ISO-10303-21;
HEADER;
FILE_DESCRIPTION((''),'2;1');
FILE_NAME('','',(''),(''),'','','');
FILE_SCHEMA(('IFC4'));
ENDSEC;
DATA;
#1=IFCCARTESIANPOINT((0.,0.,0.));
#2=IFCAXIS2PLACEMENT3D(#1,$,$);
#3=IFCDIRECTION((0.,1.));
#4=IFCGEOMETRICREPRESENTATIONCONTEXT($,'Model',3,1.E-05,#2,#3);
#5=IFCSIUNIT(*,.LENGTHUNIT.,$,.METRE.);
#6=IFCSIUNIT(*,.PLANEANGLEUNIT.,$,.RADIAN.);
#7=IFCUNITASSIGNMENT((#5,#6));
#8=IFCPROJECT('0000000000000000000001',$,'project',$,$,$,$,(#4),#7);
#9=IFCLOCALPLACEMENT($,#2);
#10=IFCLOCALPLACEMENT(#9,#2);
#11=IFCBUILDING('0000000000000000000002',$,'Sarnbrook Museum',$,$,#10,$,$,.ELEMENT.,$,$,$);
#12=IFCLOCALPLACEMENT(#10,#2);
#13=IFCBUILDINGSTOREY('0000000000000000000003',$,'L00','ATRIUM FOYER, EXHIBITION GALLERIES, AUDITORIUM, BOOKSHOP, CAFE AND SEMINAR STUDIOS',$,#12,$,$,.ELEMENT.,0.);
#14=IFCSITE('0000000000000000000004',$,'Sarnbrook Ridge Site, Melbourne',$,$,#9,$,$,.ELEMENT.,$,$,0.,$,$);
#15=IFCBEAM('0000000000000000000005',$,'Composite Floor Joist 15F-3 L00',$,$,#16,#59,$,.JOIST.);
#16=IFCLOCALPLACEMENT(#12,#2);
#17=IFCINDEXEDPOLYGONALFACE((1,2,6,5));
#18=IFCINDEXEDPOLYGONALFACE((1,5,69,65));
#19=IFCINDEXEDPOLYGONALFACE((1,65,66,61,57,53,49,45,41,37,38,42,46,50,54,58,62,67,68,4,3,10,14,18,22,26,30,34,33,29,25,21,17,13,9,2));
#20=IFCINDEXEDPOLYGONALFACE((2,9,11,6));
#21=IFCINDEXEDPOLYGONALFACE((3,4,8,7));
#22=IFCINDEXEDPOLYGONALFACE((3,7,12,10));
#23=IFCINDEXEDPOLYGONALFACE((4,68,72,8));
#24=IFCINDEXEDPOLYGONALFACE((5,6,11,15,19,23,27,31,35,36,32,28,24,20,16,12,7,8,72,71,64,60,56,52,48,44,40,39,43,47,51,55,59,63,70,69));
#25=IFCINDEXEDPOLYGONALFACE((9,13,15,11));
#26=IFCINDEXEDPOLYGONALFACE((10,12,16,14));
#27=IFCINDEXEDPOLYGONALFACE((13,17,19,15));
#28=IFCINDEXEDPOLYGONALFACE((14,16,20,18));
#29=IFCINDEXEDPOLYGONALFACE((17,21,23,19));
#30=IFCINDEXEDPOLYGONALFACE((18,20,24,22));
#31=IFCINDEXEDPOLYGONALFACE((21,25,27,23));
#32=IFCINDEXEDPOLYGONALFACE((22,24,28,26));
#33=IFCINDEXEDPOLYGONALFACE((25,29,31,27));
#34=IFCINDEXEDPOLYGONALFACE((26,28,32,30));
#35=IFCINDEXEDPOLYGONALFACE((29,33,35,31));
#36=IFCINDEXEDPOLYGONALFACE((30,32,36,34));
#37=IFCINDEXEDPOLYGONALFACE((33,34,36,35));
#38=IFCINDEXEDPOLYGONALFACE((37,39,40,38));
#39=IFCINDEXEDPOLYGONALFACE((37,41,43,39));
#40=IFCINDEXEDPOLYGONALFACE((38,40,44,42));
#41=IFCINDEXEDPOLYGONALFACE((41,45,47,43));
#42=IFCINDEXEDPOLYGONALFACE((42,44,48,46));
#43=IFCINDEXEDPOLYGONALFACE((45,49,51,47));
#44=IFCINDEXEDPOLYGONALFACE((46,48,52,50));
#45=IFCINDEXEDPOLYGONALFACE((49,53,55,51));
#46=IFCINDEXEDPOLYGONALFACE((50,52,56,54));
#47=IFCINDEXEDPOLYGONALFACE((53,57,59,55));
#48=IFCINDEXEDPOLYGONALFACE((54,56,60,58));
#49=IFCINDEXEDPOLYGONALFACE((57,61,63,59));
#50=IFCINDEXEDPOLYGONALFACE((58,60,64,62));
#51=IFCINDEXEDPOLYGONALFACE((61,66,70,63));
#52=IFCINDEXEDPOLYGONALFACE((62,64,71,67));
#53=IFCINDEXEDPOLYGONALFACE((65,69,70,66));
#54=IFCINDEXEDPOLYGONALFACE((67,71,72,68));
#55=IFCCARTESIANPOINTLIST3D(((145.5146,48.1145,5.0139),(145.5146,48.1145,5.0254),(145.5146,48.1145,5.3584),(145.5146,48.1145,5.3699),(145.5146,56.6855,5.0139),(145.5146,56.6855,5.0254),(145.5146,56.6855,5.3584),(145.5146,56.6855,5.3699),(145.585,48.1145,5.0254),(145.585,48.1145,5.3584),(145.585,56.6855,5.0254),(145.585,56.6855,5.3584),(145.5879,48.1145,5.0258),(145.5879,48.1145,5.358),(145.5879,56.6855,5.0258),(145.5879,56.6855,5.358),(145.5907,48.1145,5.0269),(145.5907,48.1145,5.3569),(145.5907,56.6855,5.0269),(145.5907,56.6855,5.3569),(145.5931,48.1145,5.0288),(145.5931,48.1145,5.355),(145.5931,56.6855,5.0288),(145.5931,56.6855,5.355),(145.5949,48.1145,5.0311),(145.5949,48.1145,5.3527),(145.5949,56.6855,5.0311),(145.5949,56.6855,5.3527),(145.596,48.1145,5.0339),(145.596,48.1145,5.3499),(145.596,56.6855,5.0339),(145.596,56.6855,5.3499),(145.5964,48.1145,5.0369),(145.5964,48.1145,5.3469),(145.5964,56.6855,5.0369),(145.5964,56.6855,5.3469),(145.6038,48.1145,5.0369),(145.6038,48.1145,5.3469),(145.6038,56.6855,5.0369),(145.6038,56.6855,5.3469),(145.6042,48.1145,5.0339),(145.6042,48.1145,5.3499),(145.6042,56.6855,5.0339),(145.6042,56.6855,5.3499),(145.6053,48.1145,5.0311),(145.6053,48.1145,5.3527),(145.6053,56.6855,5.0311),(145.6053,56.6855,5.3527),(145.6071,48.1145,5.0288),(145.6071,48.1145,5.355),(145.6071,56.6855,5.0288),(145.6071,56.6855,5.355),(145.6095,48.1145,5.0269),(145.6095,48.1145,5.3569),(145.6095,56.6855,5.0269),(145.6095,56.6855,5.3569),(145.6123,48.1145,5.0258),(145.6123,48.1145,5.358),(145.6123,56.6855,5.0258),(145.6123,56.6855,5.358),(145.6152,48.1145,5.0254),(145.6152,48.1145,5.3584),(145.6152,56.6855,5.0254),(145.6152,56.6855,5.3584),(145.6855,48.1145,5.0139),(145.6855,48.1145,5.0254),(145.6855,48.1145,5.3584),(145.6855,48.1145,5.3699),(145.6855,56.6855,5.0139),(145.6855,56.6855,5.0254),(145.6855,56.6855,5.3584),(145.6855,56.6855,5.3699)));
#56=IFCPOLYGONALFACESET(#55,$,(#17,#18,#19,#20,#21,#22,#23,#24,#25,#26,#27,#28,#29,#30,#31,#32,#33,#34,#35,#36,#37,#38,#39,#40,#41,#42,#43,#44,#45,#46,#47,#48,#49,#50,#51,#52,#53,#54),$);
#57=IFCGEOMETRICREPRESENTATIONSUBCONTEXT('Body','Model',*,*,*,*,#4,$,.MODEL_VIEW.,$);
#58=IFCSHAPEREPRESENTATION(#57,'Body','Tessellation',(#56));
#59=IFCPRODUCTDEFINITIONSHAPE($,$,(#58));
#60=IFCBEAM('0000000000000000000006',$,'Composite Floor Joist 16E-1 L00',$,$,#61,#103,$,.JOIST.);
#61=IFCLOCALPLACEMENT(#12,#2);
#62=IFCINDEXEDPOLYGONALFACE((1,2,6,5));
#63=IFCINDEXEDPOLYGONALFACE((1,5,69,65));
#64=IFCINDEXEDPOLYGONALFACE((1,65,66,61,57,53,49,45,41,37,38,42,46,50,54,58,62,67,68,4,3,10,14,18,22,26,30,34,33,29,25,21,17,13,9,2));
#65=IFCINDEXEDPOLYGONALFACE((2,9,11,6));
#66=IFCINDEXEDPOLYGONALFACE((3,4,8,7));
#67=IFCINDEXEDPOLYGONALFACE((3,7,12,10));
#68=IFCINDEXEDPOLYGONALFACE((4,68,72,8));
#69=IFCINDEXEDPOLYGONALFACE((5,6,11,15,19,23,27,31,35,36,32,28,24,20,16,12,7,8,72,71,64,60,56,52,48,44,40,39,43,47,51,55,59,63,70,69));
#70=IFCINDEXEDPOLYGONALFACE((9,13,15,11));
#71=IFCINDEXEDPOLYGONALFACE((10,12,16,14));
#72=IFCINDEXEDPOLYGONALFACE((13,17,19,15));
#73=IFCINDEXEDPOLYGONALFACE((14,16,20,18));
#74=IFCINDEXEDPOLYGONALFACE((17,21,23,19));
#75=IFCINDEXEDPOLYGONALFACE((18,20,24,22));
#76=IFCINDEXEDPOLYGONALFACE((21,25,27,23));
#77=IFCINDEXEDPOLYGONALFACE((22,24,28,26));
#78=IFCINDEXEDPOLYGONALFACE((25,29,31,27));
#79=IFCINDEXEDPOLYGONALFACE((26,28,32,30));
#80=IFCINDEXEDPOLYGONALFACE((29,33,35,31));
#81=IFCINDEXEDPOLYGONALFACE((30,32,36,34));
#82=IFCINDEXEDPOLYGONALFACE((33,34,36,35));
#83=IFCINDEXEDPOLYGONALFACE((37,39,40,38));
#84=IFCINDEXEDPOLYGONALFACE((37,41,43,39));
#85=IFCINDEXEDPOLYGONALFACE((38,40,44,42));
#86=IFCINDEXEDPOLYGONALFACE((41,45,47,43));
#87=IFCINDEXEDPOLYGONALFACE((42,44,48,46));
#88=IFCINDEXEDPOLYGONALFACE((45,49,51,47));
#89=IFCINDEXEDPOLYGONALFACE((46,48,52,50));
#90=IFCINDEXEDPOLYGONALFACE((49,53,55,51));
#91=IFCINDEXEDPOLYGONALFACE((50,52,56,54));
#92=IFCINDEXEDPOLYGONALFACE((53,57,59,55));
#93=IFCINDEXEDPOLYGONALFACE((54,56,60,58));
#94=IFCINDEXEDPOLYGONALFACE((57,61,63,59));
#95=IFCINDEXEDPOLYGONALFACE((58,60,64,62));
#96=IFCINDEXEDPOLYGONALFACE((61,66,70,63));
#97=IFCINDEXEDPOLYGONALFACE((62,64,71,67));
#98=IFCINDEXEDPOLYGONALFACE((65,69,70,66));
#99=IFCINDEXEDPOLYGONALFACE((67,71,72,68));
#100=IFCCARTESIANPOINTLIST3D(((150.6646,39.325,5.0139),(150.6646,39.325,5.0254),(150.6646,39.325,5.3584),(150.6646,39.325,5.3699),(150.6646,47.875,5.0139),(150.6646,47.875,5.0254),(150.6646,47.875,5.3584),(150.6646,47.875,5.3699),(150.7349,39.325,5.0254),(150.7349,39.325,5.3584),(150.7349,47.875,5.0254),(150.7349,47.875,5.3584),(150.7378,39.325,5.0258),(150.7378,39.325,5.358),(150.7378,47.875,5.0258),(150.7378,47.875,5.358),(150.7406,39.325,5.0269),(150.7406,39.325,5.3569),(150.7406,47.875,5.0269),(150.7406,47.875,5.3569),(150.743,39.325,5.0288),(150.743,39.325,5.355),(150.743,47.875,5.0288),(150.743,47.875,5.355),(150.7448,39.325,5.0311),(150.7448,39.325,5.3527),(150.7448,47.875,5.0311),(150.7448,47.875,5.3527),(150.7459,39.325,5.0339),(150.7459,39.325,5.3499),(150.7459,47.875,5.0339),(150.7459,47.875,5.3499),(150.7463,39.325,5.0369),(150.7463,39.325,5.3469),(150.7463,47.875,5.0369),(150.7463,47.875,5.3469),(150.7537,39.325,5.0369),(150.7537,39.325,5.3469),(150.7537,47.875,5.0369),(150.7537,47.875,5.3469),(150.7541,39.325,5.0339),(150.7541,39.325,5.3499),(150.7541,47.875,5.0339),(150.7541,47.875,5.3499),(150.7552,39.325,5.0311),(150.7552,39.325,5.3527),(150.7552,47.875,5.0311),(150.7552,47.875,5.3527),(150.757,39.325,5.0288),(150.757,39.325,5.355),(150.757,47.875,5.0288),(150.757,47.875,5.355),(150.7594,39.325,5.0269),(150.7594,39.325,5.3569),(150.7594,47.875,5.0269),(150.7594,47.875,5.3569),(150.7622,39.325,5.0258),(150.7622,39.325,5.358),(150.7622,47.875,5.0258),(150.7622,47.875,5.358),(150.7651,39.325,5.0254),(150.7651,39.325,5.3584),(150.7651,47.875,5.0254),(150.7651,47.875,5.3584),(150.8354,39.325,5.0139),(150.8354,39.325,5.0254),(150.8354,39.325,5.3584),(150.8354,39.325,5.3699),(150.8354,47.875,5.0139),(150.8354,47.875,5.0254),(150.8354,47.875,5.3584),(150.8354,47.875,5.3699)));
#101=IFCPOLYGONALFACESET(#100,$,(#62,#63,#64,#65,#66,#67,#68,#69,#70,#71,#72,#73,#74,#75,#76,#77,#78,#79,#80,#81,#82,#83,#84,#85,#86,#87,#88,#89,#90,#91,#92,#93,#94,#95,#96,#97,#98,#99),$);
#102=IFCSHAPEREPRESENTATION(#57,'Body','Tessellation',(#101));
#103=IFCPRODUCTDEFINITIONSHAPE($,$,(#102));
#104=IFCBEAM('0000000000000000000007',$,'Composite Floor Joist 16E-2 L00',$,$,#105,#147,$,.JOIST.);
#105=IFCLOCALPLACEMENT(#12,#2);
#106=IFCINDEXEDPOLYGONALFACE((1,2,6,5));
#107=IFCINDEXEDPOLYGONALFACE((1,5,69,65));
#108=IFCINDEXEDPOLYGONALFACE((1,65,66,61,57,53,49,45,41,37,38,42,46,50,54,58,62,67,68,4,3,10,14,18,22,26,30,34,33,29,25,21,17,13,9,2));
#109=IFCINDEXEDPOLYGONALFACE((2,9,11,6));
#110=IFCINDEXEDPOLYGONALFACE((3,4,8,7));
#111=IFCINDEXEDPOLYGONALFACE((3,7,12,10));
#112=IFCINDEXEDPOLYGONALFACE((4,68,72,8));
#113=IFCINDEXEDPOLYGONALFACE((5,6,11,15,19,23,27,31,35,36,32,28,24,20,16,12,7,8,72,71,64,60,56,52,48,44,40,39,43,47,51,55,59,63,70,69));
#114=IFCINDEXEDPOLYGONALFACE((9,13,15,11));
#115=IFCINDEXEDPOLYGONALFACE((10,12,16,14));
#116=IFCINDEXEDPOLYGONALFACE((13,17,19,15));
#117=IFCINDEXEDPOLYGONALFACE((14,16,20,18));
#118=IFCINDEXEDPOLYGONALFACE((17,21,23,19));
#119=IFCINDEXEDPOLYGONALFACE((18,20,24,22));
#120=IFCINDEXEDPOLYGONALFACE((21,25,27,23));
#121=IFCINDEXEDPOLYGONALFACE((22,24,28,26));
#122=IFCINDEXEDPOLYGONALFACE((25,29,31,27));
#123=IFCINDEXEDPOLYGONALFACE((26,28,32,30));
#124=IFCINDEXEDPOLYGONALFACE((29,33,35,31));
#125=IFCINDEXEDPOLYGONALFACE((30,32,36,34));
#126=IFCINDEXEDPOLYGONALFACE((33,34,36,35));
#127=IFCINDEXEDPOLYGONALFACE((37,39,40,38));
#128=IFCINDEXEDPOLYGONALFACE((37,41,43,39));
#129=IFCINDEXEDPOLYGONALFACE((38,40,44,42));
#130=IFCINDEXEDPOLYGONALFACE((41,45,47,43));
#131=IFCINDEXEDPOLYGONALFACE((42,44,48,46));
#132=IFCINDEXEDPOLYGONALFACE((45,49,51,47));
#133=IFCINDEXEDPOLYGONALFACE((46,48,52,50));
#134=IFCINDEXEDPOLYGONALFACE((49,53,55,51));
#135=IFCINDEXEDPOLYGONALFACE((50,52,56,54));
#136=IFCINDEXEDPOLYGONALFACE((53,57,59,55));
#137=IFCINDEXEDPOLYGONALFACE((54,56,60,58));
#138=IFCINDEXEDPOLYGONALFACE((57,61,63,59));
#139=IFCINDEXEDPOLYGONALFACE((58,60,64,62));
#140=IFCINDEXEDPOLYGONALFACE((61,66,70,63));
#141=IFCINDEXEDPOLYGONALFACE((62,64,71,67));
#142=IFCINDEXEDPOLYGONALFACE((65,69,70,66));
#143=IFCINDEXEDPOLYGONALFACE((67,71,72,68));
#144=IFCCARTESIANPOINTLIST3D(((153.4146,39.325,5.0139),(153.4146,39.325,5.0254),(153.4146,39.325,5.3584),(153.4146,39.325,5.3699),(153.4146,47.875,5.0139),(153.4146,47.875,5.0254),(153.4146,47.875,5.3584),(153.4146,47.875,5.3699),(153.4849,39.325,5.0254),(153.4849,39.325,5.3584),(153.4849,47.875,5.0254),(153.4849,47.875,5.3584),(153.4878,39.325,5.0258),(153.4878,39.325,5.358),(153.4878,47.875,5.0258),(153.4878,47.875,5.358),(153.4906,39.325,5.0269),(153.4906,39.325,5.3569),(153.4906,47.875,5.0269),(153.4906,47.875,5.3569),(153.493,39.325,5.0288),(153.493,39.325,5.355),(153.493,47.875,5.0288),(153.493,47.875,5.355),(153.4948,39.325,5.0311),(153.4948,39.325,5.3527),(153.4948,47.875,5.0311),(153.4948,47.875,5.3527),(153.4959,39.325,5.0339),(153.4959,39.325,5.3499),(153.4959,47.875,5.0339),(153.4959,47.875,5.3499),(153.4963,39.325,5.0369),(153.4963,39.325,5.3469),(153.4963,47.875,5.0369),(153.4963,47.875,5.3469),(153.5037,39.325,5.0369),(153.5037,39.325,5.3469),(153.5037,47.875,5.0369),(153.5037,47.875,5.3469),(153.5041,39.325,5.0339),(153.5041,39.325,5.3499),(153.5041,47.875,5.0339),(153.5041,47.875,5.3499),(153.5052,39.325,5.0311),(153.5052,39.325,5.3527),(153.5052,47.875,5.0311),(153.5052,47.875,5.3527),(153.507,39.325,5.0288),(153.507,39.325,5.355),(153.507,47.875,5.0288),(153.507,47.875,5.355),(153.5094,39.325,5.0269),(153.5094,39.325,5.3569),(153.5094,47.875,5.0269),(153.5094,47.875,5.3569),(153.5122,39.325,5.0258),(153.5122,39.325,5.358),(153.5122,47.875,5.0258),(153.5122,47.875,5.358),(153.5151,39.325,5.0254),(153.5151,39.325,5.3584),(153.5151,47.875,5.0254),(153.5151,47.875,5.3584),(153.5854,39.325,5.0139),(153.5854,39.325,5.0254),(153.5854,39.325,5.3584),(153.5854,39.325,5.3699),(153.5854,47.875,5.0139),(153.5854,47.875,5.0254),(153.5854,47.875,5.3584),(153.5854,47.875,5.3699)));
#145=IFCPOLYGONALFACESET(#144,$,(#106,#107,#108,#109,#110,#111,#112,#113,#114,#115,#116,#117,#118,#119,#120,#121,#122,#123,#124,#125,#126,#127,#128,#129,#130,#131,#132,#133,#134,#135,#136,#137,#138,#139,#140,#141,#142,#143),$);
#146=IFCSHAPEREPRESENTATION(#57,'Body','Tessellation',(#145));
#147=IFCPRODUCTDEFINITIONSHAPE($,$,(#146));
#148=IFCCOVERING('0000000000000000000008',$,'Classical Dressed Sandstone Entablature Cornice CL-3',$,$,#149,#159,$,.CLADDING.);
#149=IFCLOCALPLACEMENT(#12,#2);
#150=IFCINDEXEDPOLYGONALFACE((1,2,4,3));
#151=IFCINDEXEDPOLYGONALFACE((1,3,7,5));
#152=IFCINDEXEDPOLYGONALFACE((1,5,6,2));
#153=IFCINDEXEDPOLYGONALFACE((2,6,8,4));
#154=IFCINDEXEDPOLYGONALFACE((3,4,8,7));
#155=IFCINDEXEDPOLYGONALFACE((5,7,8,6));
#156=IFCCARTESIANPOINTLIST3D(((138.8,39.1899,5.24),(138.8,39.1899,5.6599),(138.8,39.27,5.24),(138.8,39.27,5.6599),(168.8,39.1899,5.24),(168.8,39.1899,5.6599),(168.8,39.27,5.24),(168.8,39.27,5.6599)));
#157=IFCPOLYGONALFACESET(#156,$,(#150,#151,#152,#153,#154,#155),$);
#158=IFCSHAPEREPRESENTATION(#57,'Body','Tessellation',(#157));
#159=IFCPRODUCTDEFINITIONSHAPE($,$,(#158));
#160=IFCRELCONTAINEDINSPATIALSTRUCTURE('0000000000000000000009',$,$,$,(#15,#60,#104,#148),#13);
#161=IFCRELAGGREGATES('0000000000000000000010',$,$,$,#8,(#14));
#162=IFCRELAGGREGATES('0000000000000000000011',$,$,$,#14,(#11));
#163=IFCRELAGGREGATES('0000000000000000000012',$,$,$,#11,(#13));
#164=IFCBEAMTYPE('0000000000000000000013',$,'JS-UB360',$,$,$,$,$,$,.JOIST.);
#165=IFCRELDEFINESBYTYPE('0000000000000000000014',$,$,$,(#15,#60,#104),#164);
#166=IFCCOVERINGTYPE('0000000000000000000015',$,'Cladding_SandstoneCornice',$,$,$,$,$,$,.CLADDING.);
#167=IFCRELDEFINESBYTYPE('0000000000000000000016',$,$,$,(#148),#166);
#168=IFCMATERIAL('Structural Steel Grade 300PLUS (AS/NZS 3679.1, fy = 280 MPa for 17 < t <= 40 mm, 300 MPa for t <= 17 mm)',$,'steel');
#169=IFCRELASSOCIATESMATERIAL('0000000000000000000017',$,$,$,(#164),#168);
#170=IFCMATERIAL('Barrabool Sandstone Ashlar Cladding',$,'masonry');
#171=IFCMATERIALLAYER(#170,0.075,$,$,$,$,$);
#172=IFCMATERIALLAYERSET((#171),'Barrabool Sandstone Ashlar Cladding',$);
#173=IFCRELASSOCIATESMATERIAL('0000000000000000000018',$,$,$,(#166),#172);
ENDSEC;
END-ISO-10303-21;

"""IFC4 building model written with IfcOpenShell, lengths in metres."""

from ifc_helpers import new_model, si_unit, direction, frame, origin, origin_2d, place, context, subcontext, project, spatial, rectangle, i_section, extrude, material, layer, layer_set, material_profile, profile_set, type_object, element, save


model = new_model("IFC4")

# Units and contexts
model_context = context("Model", 3, precision=1e-05, world=origin(), true_north=direction((0.0, 1.0)))
body_context = subcontext(model_context, "Body", "Model", "MODEL_VIEW")
ifc_project = project(units=[si_unit("LENGTHUNIT", "METRE"), si_unit("PLANEANGLEUNIT", "RADIAN")], contexts=[model_context])

# Site, building, storey
site_placement = place(None, origin())
site = spatial("IfcSite", under=ifc_project, at=site_placement, Name="Sarnbrook Ridge Site, Melbourne", CompositionType="ELEMENT", RefElevation=0.0)
building_placement = place(site_placement, origin())
building = spatial("IfcBuilding", under=site, at=building_placement, Name="Sarnbrook Museum", CompositionType="ELEMENT")
storey_placement = place(building_placement, origin())
storey = spatial("IfcBuildingStorey", under=building, at=storey_placement, Name="L00", Description="ATRIUM FOYER, EXHIBITION GALLERIES, AUDITORIUM, BOOKSHOP, CAFE AND SEMINAR STUDIOS", CompositionType="ELEMENT", Elevation=0.0)

# Shared definitions
ifc_material_1 = material(Name="Structural Steel Grade 300PLUS (AS/NZS 3679.1, fy = 280 MPa for 17 < t <= 40 mm, 300 MPa for t <= 17 mm)", Category="steel")

# Beams
ifc_material_profile_1 = material_profile(ifc_material_1, i_section(OverallWidth=0.1709, OverallDepth=0.356, WebThickness=0.0073, FlangeThickness=0.0115, FilletRadius=0.0115, at=origin_2d()), Name="360UB50.7")
ifc_profile_set_1 = profile_set([ifc_material_profile_1], Name="Structural Steel Grade 300PLUS (AS/NZS 3679.1, fy = 280 MPa for 17 < t <= 40 mm, 300 MPa for t <= 17 mm)")
beam_type_1 = type_object("IfcBeamType", Name="JS-UB360", PredefinedType="JOIST", material=ifc_profile_set_1)
for number, where, z_axis, x_axis, name in (
    (1, (145.6001, 48.1145, 5.1919), (0.0, 1.0, 0.0), (-1.0, 0.0, 0.0), "Composite Floor Joist 15F-3 L00"),
):
    element("IfcBeam", number, at=place(storey_placement, frame(where, z_axis=z_axis, x_axis=x_axis)), inside=storey, type_object=beam_type_1, Name=name, PredefinedType="JOIST", context=body_context, shape_type="SweptSolid", body=[
        extrude(i_section(OverallWidth=0.1709, OverallDepth=0.356, WebThickness=0.0073, FlangeThickness=0.0115, FilletRadius=0.0115, at=origin_2d()), origin(), (0.0, 0.0, 1.0), 8.571),
    ])
for number, where, z_axis, x_axis, name in (
    (2, (150.75, 39.325, 5.1919), (0.0, 1.0, 0.0), (-1.0, 0.0, 0.0), "Composite Floor Joist 16E-1 L00"),
    (3, (153.5, 39.325, 5.1919), (0.0, 1.0, 0.0), (-1.0, 0.0, 0.0), "Composite Floor Joist 16E-2 L00"),
):
    element("IfcBeam", number, at=place(storey_placement, frame(where, z_axis=z_axis, x_axis=x_axis)), inside=storey, type_object=beam_type_1, Name=name, PredefinedType="JOIST", context=body_context, shape_type="SweptSolid", body=[
        extrude(i_section(OverallWidth=0.1709, OverallDepth=0.356, WebThickness=0.0073, FlangeThickness=0.0115, FilletRadius=0.0115, at=origin_2d()), origin(), (0.0, 0.0, 1.0), 8.55),
    ])

# Covering
ifc_material_2 = material(Name="Barrabool Sandstone Ashlar Cladding", Category="masonry")
ifc_layer = layer(ifc_material_2, 0.075)
ifc_layer_set = layer_set([ifc_layer], Name="Barrabool Sandstone Ashlar Cladding")
covering_type = type_object("IfcCoveringType", Name="Cladding_SandstoneCornice", PredefinedType="CLADDING", material=ifc_layer_set)
covering_placement = place(storey_placement, frame((153.8, 39.23, 5.24), z_axis=(0.0, 0.0, 1.0), x_axis=(1.0, 0.0, 0.0)))
element("IfcCovering", 4, at=covering_placement, inside=storey, type_object=covering_type, Name="Classical Dressed Sandstone Entablature Cornice CL-3", PredefinedType="CLADDING", context=body_context, shape_type="SweptSolid", body=[
    extrude(rectangle(XDim=30.0, YDim=0.0801, at=origin_2d()), origin(), (0.0, 0.0, 1.0), 0.4199),
])

save(model, "model.ifc")
